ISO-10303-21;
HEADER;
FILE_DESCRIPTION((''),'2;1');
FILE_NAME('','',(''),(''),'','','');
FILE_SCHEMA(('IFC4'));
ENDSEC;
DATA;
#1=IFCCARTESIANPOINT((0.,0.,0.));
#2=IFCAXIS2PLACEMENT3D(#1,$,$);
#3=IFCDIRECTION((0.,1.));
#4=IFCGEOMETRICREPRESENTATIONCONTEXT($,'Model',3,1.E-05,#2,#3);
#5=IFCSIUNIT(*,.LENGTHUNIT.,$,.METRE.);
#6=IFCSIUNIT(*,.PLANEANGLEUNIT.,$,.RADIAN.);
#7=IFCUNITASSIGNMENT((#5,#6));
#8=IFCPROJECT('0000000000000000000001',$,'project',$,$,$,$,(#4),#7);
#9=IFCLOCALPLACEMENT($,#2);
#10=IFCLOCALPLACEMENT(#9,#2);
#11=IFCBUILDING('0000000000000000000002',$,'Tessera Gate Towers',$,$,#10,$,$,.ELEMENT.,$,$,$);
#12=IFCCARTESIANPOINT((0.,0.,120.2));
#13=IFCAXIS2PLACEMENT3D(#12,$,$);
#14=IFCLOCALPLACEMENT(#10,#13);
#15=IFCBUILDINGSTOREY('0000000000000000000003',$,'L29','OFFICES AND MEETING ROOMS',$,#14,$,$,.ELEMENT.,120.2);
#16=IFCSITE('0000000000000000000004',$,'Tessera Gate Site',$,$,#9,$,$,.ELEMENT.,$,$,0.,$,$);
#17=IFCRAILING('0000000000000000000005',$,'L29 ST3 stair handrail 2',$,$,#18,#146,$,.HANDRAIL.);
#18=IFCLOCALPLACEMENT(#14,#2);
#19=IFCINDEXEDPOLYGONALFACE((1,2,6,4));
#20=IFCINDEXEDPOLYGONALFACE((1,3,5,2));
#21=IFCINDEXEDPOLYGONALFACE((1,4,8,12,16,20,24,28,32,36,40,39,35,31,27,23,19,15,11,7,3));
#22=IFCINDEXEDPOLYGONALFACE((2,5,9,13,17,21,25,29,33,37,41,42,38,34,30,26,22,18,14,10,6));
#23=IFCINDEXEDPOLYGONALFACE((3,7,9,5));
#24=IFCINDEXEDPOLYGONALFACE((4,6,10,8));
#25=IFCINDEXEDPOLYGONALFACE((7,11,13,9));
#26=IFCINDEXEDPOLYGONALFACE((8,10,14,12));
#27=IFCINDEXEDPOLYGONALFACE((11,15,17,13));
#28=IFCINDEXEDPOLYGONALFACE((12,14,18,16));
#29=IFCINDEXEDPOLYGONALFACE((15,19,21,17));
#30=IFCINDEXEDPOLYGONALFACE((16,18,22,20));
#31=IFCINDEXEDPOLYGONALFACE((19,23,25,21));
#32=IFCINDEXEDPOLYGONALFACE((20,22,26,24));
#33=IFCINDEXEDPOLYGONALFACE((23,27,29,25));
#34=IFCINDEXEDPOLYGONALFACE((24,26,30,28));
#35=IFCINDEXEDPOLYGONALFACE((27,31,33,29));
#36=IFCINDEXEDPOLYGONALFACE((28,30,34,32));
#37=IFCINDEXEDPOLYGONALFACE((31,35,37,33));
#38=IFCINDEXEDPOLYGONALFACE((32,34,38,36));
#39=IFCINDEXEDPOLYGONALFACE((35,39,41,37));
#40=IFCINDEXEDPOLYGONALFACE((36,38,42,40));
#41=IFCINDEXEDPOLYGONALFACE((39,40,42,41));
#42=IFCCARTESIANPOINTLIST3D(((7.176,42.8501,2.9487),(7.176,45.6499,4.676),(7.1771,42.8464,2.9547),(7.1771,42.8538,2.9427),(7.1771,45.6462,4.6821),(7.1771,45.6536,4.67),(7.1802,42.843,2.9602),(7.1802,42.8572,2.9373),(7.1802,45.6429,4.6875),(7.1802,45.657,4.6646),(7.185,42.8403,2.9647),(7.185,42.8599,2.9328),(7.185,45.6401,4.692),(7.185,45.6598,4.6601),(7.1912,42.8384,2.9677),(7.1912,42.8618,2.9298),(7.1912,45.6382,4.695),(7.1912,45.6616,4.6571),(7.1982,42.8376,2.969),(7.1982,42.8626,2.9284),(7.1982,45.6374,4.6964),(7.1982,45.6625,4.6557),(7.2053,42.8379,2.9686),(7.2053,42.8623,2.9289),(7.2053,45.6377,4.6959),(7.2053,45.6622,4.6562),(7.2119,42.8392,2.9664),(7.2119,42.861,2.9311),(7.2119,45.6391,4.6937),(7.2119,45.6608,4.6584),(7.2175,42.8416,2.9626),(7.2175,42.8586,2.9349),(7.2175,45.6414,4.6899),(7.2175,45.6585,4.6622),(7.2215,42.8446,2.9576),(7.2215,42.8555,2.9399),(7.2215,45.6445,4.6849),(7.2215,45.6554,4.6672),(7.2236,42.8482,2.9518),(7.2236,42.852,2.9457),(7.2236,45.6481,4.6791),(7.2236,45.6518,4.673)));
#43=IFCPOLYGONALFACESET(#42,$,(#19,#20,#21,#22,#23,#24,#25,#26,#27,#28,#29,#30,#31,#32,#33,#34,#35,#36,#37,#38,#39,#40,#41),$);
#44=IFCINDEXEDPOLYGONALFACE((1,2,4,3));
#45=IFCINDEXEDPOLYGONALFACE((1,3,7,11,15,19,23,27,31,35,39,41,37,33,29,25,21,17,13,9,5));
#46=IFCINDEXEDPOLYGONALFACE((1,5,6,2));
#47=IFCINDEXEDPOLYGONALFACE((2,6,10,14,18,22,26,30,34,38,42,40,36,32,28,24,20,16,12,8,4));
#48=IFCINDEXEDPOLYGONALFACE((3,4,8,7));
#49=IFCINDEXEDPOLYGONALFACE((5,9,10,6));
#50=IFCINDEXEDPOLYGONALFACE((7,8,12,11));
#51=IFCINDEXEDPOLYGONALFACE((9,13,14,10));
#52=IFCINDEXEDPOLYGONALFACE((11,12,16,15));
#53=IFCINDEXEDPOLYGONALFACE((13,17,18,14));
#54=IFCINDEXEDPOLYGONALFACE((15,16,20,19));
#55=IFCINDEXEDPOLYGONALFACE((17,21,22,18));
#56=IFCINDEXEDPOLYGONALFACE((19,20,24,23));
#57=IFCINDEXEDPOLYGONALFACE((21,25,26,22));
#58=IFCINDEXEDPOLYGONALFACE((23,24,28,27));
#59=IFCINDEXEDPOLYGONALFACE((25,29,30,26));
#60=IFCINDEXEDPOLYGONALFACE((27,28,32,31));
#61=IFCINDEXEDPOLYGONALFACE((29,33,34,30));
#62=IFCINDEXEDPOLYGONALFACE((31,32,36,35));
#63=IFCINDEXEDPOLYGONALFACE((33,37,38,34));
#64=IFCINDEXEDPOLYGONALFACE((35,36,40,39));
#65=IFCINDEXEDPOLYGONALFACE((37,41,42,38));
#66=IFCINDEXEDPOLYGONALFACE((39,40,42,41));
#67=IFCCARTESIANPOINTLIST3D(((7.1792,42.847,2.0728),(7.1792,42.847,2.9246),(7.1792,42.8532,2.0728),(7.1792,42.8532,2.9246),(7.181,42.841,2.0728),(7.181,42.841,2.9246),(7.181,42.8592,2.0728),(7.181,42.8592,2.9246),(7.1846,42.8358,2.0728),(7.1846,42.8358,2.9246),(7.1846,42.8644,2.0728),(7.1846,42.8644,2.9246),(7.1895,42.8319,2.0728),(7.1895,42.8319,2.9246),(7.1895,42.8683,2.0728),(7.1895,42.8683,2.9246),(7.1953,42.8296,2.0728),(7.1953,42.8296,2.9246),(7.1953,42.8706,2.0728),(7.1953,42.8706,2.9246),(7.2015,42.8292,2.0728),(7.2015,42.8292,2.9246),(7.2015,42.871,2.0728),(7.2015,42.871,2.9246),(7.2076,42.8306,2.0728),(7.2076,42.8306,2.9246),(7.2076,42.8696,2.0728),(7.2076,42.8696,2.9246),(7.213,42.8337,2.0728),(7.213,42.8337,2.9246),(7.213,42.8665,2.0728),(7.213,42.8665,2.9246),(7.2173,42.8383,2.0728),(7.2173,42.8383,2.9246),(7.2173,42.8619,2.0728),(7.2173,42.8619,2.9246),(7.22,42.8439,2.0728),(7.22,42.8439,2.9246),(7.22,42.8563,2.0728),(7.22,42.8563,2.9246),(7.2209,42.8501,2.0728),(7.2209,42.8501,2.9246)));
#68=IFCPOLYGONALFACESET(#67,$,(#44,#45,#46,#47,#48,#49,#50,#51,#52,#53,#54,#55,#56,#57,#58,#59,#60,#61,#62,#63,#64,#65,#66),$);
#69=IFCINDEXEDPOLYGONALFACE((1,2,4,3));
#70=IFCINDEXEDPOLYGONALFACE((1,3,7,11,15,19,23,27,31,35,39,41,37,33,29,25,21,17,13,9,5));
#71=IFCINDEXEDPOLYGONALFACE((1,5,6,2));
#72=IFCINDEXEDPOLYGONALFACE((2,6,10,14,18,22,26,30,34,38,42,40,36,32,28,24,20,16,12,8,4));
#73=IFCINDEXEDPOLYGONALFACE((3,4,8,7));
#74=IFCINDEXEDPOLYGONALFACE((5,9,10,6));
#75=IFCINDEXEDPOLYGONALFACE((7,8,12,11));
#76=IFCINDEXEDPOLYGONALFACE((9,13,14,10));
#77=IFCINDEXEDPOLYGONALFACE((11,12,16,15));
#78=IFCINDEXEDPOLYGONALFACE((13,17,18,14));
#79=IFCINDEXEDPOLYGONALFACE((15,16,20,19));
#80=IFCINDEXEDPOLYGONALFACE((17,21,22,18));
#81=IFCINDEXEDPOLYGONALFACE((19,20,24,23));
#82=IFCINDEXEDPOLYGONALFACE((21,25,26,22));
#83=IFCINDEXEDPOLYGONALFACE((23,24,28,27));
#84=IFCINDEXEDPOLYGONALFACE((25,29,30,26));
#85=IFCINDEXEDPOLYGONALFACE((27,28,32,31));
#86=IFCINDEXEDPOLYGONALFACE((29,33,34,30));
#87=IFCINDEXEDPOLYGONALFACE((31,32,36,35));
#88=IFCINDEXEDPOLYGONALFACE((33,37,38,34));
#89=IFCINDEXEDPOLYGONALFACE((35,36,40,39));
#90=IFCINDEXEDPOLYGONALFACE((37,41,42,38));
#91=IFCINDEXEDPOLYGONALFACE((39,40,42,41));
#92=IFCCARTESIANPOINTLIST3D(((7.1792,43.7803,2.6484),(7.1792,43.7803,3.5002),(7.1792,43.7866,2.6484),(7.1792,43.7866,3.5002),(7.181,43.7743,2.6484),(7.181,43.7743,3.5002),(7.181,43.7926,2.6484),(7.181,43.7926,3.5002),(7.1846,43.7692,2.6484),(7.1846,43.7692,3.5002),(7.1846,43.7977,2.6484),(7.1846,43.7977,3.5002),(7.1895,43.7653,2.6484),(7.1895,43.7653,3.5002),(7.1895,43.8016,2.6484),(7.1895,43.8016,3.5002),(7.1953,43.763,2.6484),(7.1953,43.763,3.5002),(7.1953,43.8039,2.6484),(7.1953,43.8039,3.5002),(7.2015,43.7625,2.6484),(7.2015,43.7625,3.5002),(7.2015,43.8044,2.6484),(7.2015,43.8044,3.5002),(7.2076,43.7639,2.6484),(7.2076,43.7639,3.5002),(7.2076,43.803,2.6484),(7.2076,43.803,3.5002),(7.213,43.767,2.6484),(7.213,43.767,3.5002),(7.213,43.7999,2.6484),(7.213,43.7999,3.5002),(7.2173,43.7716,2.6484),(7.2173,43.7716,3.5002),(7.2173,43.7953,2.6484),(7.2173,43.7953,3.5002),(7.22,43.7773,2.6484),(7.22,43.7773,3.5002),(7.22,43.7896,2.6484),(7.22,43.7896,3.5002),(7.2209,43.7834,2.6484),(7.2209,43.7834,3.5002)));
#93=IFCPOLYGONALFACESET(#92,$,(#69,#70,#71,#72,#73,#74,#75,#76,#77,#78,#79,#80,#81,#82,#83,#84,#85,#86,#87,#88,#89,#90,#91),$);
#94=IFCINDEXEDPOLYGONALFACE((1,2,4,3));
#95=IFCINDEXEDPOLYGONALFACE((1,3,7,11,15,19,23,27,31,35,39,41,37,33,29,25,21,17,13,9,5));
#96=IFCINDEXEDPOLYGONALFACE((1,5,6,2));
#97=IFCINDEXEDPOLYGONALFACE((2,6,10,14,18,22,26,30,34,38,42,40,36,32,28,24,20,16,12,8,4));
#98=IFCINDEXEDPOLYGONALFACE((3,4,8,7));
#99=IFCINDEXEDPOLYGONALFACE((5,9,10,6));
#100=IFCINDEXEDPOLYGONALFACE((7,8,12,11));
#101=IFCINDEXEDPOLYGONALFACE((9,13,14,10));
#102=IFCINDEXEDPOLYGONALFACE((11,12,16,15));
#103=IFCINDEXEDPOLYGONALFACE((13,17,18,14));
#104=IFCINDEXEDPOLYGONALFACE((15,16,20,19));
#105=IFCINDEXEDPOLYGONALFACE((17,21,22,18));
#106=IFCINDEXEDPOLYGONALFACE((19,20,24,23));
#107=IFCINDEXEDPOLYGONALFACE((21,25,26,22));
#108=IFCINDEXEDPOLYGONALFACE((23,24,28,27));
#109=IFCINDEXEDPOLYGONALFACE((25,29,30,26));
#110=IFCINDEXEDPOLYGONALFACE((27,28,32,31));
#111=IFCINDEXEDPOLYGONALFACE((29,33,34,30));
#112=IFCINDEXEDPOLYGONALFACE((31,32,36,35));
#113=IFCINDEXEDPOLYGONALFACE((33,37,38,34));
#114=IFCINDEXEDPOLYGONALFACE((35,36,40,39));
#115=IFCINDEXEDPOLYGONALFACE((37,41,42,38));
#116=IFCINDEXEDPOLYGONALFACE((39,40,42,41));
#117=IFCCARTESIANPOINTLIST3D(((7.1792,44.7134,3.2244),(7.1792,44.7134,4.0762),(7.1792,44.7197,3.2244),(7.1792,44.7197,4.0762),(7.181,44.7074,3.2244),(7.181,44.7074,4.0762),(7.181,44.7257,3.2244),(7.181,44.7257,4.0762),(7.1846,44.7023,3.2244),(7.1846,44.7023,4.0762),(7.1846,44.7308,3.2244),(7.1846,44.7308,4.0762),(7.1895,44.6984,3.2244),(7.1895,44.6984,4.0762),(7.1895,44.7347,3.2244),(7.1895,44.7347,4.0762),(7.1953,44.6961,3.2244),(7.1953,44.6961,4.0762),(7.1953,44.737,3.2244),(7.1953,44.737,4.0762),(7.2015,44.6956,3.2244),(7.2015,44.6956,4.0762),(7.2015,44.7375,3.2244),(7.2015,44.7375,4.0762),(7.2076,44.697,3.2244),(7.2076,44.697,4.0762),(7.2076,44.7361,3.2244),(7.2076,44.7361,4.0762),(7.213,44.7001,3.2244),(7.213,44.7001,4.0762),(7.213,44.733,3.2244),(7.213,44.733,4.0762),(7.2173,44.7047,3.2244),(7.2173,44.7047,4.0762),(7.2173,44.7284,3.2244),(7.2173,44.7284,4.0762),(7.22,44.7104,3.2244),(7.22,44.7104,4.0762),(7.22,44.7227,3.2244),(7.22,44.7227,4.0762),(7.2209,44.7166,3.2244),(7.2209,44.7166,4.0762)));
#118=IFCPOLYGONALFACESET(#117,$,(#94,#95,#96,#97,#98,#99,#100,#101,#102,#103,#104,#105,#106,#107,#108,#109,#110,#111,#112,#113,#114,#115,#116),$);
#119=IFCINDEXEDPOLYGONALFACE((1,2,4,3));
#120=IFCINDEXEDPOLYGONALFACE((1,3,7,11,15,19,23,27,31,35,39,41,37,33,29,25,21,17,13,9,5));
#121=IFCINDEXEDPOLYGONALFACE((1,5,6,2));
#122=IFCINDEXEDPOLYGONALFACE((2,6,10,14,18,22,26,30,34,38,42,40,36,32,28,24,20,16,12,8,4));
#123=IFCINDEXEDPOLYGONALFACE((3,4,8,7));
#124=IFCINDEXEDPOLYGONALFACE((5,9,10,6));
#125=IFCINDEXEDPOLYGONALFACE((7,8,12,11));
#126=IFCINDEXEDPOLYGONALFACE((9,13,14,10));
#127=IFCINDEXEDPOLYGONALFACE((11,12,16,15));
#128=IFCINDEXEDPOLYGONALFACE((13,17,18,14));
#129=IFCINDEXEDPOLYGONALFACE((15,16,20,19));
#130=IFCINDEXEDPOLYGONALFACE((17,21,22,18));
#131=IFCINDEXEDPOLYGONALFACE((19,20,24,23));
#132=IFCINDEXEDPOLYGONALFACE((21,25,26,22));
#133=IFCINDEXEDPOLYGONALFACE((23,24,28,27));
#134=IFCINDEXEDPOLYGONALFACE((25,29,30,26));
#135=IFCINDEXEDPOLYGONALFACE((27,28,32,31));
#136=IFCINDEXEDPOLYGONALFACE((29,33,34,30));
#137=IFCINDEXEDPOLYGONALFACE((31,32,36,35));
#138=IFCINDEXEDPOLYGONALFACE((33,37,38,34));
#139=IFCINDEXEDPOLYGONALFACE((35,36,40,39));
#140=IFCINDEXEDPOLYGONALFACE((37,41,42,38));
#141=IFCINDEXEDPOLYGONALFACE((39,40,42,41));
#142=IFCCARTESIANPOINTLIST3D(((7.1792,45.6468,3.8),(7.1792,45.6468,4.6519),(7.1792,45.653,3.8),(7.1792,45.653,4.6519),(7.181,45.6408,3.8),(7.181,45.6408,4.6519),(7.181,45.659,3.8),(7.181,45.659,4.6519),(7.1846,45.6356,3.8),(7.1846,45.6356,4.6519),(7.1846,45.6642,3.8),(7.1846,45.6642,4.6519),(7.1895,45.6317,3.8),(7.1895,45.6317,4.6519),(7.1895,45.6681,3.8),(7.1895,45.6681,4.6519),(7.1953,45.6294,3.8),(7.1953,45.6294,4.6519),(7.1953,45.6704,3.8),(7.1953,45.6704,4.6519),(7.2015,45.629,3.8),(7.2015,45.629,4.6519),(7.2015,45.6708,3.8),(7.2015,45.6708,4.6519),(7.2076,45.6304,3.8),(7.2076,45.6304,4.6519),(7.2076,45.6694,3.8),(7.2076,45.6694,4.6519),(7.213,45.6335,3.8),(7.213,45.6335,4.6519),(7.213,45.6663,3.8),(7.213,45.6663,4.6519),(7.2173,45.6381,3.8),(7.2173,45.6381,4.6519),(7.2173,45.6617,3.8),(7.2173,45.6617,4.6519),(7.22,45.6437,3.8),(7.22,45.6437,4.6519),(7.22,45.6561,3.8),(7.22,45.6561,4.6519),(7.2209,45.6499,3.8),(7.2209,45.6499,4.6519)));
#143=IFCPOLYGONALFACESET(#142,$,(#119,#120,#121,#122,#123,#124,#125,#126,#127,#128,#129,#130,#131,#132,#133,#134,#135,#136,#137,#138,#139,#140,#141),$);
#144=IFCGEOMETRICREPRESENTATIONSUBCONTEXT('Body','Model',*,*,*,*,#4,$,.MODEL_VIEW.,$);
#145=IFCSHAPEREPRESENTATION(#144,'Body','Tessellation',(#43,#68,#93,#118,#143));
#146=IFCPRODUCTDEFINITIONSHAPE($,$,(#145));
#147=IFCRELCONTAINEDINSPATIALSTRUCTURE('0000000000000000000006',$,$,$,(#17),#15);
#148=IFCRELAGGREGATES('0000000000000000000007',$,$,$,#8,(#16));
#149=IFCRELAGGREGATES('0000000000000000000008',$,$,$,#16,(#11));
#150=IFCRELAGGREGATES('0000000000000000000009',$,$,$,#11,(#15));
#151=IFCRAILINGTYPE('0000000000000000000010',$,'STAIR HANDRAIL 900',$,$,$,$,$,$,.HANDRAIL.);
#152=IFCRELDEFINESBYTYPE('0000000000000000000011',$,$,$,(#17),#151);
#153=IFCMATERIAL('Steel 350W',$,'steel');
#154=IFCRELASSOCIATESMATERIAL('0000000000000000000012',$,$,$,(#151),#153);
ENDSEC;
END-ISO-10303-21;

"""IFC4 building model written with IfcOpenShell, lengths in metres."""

from ifc_helpers import new_model, si_unit, direction, frame, origin, origin_2d, place, context, subcontext, project, spatial, circle, extrude, material, type_object, element, save


model = new_model("IFC4")

# Units and contexts
model_context = context("Model", 3, precision=1e-05, world=origin(), true_north=direction((0.0, 1.0)))
body_context = subcontext(model_context, "Body", "Model", "MODEL_VIEW")
ifc_project = project(units=[si_unit("LENGTHUNIT", "METRE"), si_unit("PLANEANGLEUNIT", "RADIAN")], contexts=[model_context])

# Site, building, storey
site_placement = place(None, origin())
site = spatial("IfcSite", under=ifc_project, at=site_placement, Name="Tessera Gate Site", CompositionType="ELEMENT", RefElevation=0.0)
building_placement = place(site_placement, origin())
building = spatial("IfcBuilding", under=site, at=building_placement, Name="Tessera Gate Towers", CompositionType="ELEMENT")
storey_placement = place(building_placement, frame((0.0, 0.0, 120.2)))
storey = spatial("IfcBuildingStorey", under=building, at=storey_placement, Name="L29", Description="OFFICES AND MEETING ROOMS", CompositionType="ELEMENT", Elevation=120.2)

# Railing
ifc_material_1 = material(Name="Steel 350W", Category="steel")
railing_type_1 = type_object("IfcRailingType", Name="STAIR HANDRAIL 900", PredefinedType="HANDRAIL", material=ifc_material_1)
railing_1_placement = place(storey_placement, frame((7.2, 42.8501, 2.0728)))
element("IfcRailing", 1, at=railing_1_placement, inside=storey, type_object=railing_type_1, Name="L29 ST3 stair handrail 2", PredefinedType="HANDRAIL", context=body_context, shape_type="SweptSolid", body=[
    extrude(circle(Radius=0.0239, at=origin_2d()), frame((0.0, 0.0, 0.876), z_axis=(0.0, 0.851069, 0.525054), x_axis=(-1.0, 0.0, 0.0)), (0.0, 0.0, 1.0), 3.2898),
    extrude(circle(Radius=0.021, at=origin_2d()), origin(), (0.0, 0.0, 1.0), 0.8518),
    extrude(circle(Radius=0.021, at=origin_2d()), frame((0.0, 0.9333, 0.5757)), (0.0, 0.0, 1.0), 0.8518),
    extrude(circle(Radius=0.021, at=origin_2d()), frame((0.0, 1.8665, 1.1516)), (0.0, 0.0, 1.0), 0.8518),
    extrude(circle(Radius=0.021, at=origin_2d()), frame((0.0, 2.7998, 1.7273)), (0.0, 0.0, 1.0), 0.8518),
])

save(model, "model.ifc")
